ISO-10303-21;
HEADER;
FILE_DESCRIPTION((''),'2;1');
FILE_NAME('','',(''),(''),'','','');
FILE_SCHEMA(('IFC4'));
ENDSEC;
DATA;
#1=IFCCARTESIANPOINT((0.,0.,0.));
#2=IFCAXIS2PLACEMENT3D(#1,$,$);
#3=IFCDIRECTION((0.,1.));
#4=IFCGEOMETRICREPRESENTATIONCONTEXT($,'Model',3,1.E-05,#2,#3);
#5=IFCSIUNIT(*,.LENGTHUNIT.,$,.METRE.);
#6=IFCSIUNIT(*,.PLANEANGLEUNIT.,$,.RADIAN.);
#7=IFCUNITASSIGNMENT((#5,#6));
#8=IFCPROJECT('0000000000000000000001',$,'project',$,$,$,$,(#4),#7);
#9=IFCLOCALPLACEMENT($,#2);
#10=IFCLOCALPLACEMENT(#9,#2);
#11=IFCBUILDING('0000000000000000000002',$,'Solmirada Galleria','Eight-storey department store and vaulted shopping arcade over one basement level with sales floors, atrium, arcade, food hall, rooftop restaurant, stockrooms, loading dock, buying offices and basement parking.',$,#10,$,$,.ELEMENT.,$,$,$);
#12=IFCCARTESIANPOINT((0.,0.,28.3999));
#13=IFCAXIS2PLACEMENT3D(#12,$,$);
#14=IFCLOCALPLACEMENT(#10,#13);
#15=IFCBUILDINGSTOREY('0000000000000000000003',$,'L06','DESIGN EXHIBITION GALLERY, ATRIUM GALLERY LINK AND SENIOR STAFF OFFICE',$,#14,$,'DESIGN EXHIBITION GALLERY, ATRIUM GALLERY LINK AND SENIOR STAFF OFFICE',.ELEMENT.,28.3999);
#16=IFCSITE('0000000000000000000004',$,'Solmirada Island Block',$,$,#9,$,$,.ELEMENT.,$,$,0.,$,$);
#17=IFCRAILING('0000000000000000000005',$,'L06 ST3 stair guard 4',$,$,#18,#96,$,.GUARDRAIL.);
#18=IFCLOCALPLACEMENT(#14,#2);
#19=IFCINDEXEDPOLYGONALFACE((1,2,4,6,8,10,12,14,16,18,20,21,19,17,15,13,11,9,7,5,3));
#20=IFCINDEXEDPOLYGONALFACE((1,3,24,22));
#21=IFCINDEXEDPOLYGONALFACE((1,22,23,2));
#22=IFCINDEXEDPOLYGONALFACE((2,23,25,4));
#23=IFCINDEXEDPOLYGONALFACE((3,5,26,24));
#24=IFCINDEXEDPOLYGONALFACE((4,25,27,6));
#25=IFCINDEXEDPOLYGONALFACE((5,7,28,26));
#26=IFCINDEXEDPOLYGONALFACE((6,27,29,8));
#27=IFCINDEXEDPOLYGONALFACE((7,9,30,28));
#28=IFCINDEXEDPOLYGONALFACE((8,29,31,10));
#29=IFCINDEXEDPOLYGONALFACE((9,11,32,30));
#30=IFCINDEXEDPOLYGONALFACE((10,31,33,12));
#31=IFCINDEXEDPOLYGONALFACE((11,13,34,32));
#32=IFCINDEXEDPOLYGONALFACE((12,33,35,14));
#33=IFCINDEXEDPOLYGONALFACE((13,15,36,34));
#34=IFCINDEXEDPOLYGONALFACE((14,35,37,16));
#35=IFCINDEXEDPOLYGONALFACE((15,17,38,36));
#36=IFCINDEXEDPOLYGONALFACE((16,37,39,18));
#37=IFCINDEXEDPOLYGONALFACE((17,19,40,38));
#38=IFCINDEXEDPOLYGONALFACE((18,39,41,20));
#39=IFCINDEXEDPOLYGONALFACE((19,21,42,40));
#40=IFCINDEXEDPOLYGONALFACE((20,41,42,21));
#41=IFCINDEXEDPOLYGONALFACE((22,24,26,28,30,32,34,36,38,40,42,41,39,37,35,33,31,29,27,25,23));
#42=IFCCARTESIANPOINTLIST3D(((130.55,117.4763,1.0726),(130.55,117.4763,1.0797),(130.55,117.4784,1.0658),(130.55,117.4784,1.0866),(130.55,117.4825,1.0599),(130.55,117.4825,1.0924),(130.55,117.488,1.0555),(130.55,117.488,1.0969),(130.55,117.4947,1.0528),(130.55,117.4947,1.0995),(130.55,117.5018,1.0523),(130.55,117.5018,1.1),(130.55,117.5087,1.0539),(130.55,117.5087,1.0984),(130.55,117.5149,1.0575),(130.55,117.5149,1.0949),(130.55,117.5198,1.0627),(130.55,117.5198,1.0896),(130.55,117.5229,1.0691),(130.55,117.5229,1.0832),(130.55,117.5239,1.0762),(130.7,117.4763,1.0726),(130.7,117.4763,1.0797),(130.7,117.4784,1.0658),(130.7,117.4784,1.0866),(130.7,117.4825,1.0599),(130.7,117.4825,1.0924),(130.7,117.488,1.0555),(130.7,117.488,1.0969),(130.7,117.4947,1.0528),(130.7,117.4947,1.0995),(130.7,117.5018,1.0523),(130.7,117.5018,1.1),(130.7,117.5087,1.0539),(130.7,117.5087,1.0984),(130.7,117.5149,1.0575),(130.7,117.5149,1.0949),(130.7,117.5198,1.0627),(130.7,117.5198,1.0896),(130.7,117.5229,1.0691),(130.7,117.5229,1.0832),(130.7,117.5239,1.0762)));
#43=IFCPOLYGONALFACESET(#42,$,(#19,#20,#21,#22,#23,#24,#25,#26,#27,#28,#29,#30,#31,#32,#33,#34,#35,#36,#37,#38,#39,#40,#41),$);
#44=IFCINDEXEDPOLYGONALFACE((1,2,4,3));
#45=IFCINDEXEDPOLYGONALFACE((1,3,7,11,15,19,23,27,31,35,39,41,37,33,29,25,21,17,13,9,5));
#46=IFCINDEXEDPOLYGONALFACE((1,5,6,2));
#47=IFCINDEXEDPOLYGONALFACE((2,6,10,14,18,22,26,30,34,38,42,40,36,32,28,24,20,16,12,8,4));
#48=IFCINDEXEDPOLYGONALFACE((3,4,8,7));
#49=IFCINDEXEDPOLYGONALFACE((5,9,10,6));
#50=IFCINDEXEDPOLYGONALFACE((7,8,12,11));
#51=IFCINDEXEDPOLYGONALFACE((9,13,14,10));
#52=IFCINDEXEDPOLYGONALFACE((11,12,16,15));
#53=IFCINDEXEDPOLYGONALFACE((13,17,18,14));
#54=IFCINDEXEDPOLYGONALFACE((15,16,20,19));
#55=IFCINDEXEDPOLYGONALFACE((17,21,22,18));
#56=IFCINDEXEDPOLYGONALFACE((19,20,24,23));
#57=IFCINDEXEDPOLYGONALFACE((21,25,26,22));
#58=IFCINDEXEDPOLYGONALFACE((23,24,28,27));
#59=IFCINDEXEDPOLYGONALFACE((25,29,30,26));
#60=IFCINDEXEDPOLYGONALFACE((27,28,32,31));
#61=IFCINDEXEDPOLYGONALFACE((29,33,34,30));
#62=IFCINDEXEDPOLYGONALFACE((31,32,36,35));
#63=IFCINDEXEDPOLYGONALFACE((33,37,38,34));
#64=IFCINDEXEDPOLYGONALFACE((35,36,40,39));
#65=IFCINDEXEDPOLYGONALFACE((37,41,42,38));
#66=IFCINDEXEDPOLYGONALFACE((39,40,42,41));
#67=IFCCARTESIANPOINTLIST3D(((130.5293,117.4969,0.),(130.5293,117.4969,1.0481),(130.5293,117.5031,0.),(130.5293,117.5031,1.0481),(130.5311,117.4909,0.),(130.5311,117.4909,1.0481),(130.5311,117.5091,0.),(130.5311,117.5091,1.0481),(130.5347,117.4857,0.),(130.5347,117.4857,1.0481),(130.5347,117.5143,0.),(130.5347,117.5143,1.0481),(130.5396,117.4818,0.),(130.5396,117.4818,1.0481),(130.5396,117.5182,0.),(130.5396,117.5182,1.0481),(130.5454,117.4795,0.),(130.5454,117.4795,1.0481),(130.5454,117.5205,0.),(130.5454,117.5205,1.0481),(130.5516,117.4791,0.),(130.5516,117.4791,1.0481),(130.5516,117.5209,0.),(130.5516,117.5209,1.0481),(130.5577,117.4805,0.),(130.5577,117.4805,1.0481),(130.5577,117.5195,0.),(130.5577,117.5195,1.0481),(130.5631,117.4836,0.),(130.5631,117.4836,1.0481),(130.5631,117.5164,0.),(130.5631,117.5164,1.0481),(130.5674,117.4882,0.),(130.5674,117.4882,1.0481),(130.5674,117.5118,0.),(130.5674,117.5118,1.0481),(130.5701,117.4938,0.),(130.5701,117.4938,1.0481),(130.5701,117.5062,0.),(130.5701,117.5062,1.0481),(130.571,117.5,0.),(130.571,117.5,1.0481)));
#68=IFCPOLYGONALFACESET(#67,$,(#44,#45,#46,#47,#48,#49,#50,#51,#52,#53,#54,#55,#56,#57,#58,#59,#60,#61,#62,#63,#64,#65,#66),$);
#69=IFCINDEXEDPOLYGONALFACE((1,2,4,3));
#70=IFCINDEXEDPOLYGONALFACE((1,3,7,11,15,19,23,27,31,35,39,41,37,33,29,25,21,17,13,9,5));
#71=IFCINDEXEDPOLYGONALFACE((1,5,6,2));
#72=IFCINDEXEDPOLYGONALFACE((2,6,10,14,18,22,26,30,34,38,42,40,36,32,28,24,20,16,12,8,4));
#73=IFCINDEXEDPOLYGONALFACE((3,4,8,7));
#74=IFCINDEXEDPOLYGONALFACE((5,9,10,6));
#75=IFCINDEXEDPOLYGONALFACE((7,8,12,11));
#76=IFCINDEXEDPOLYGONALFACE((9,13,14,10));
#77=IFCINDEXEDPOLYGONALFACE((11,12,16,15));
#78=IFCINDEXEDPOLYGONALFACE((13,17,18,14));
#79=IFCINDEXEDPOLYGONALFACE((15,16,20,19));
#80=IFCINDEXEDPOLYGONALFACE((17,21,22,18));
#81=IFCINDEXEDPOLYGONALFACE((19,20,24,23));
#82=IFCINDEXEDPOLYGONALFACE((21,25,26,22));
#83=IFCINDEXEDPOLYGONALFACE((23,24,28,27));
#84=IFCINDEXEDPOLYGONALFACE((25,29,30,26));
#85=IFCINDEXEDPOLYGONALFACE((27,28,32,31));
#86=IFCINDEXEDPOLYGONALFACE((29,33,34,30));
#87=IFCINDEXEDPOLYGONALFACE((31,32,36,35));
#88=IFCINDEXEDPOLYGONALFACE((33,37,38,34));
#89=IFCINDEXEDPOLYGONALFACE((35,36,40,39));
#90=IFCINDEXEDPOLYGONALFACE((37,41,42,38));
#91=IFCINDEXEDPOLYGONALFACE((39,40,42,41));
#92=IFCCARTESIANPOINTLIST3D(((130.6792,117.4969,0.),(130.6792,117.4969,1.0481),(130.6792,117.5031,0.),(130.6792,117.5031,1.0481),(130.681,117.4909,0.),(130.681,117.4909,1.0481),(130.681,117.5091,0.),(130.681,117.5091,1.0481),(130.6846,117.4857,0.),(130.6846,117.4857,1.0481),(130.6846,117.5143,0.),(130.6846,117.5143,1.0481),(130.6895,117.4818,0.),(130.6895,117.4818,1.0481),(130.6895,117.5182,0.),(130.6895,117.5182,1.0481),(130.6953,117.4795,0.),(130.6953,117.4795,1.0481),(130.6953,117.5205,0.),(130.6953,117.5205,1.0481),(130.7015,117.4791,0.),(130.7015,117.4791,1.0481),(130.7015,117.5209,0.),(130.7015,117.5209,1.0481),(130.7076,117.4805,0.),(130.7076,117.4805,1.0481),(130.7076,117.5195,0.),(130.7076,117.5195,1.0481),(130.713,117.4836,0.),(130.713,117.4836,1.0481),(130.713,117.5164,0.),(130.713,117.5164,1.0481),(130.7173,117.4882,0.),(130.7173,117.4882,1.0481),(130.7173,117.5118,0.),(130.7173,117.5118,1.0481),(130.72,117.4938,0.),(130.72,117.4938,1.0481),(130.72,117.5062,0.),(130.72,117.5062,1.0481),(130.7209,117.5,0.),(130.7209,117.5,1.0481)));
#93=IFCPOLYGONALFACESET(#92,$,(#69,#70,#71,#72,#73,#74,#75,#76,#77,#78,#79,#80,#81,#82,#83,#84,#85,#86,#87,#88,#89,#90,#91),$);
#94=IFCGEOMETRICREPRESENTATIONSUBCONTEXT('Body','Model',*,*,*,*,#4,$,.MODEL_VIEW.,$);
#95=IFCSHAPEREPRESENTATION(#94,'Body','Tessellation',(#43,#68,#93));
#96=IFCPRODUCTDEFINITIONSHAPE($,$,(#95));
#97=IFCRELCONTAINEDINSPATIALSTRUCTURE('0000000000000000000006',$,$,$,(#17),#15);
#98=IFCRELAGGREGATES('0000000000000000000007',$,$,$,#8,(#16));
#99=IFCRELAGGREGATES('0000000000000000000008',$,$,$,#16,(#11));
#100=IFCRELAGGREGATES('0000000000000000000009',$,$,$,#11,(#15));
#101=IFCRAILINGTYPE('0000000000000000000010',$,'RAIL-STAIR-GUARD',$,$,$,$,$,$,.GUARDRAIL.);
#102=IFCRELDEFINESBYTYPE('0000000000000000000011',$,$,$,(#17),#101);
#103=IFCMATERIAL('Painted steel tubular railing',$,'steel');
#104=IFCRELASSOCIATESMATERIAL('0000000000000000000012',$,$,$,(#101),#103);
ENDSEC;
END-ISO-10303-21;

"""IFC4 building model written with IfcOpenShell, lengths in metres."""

from ifc_helpers import new_model, si_unit, direction, frame, origin, origin_2d, place, context, subcontext, project, spatial, circle, extrude, material, type_object, element, save


model = new_model("IFC4")

# Units and contexts
model_context = context("Model", 3, precision=1e-05, world=origin(), true_north=direction((0.0, 1.0)))
body_context = subcontext(model_context, "Body", "Model", "MODEL_VIEW")
ifc_project = project(units=[si_unit("LENGTHUNIT", "METRE"), si_unit("PLANEANGLEUNIT", "RADIAN")], contexts=[model_context])

# Site, building, storey
site_placement = place(None, origin())
site = spatial("IfcSite", under=ifc_project, at=site_placement, Name="Solmirada Island Block", CompositionType="ELEMENT", RefElevation=0.0)
building_placement = place(site_placement, origin())
building = spatial("IfcBuilding", under=site, at=building_placement, Name="Solmirada Galleria", Description="Eight-storey department store and vaulted shopping arcade over one basement level with sales floors, atrium, arcade, food hall, rooftop restaurant, stockrooms, loading dock, buying offices and basement parking.", CompositionType="ELEMENT")
storey_placement = place(building_placement, frame((0.0, 0.0, 28.3999)))
storey = spatial("IfcBuildingStorey", under=building, at=storey_placement, Name="L06", Description="DESIGN EXHIBITION GALLERY, ATRIUM GALLERY LINK AND SENIOR STAFF OFFICE", LongName="DESIGN EXHIBITION GALLERY, ATRIUM GALLERY LINK AND SENIOR STAFF OFFICE", CompositionType="ELEMENT", Elevation=28.3999)

# Railing
ifc_material_1 = material(Name="Painted steel tubular railing", Category="steel")
railing_type_1 = type_object("IfcRailingType", Name="RAIL-STAIR-GUARD", PredefinedType="GUARDRAIL", material=ifc_material_1)
railing_1_placement = place(storey_placement, frame((130.55, 117.5, 0.0)))
element("IfcRailing", 1, at=railing_1_placement, inside=storey, type_object=railing_type_1, Name="L06 ST3 stair guard 4", PredefinedType="GUARDRAIL", context=body_context, shape_type="SweptSolid", body=[
    extrude(circle(Radius=0.0239, at=origin_2d()), frame((0.0, 0.0, 1.0762), z_axis=(1.0, 0.0, 0.0), x_axis=(0.0, 1.0, 0.0)), (0.0, 0.0, 1.0), 0.1499),
    extrude(circle(Radius=0.021, at=origin_2d()), origin(), (0.0, 0.0, 1.0), 1.0481),
    extrude(circle(Radius=0.021, at=origin_2d()), frame((0.1499, 0.0, 0.0)), (0.0, 0.0, 1.0), 1.0481),
])

save(model, "model.ifc")
